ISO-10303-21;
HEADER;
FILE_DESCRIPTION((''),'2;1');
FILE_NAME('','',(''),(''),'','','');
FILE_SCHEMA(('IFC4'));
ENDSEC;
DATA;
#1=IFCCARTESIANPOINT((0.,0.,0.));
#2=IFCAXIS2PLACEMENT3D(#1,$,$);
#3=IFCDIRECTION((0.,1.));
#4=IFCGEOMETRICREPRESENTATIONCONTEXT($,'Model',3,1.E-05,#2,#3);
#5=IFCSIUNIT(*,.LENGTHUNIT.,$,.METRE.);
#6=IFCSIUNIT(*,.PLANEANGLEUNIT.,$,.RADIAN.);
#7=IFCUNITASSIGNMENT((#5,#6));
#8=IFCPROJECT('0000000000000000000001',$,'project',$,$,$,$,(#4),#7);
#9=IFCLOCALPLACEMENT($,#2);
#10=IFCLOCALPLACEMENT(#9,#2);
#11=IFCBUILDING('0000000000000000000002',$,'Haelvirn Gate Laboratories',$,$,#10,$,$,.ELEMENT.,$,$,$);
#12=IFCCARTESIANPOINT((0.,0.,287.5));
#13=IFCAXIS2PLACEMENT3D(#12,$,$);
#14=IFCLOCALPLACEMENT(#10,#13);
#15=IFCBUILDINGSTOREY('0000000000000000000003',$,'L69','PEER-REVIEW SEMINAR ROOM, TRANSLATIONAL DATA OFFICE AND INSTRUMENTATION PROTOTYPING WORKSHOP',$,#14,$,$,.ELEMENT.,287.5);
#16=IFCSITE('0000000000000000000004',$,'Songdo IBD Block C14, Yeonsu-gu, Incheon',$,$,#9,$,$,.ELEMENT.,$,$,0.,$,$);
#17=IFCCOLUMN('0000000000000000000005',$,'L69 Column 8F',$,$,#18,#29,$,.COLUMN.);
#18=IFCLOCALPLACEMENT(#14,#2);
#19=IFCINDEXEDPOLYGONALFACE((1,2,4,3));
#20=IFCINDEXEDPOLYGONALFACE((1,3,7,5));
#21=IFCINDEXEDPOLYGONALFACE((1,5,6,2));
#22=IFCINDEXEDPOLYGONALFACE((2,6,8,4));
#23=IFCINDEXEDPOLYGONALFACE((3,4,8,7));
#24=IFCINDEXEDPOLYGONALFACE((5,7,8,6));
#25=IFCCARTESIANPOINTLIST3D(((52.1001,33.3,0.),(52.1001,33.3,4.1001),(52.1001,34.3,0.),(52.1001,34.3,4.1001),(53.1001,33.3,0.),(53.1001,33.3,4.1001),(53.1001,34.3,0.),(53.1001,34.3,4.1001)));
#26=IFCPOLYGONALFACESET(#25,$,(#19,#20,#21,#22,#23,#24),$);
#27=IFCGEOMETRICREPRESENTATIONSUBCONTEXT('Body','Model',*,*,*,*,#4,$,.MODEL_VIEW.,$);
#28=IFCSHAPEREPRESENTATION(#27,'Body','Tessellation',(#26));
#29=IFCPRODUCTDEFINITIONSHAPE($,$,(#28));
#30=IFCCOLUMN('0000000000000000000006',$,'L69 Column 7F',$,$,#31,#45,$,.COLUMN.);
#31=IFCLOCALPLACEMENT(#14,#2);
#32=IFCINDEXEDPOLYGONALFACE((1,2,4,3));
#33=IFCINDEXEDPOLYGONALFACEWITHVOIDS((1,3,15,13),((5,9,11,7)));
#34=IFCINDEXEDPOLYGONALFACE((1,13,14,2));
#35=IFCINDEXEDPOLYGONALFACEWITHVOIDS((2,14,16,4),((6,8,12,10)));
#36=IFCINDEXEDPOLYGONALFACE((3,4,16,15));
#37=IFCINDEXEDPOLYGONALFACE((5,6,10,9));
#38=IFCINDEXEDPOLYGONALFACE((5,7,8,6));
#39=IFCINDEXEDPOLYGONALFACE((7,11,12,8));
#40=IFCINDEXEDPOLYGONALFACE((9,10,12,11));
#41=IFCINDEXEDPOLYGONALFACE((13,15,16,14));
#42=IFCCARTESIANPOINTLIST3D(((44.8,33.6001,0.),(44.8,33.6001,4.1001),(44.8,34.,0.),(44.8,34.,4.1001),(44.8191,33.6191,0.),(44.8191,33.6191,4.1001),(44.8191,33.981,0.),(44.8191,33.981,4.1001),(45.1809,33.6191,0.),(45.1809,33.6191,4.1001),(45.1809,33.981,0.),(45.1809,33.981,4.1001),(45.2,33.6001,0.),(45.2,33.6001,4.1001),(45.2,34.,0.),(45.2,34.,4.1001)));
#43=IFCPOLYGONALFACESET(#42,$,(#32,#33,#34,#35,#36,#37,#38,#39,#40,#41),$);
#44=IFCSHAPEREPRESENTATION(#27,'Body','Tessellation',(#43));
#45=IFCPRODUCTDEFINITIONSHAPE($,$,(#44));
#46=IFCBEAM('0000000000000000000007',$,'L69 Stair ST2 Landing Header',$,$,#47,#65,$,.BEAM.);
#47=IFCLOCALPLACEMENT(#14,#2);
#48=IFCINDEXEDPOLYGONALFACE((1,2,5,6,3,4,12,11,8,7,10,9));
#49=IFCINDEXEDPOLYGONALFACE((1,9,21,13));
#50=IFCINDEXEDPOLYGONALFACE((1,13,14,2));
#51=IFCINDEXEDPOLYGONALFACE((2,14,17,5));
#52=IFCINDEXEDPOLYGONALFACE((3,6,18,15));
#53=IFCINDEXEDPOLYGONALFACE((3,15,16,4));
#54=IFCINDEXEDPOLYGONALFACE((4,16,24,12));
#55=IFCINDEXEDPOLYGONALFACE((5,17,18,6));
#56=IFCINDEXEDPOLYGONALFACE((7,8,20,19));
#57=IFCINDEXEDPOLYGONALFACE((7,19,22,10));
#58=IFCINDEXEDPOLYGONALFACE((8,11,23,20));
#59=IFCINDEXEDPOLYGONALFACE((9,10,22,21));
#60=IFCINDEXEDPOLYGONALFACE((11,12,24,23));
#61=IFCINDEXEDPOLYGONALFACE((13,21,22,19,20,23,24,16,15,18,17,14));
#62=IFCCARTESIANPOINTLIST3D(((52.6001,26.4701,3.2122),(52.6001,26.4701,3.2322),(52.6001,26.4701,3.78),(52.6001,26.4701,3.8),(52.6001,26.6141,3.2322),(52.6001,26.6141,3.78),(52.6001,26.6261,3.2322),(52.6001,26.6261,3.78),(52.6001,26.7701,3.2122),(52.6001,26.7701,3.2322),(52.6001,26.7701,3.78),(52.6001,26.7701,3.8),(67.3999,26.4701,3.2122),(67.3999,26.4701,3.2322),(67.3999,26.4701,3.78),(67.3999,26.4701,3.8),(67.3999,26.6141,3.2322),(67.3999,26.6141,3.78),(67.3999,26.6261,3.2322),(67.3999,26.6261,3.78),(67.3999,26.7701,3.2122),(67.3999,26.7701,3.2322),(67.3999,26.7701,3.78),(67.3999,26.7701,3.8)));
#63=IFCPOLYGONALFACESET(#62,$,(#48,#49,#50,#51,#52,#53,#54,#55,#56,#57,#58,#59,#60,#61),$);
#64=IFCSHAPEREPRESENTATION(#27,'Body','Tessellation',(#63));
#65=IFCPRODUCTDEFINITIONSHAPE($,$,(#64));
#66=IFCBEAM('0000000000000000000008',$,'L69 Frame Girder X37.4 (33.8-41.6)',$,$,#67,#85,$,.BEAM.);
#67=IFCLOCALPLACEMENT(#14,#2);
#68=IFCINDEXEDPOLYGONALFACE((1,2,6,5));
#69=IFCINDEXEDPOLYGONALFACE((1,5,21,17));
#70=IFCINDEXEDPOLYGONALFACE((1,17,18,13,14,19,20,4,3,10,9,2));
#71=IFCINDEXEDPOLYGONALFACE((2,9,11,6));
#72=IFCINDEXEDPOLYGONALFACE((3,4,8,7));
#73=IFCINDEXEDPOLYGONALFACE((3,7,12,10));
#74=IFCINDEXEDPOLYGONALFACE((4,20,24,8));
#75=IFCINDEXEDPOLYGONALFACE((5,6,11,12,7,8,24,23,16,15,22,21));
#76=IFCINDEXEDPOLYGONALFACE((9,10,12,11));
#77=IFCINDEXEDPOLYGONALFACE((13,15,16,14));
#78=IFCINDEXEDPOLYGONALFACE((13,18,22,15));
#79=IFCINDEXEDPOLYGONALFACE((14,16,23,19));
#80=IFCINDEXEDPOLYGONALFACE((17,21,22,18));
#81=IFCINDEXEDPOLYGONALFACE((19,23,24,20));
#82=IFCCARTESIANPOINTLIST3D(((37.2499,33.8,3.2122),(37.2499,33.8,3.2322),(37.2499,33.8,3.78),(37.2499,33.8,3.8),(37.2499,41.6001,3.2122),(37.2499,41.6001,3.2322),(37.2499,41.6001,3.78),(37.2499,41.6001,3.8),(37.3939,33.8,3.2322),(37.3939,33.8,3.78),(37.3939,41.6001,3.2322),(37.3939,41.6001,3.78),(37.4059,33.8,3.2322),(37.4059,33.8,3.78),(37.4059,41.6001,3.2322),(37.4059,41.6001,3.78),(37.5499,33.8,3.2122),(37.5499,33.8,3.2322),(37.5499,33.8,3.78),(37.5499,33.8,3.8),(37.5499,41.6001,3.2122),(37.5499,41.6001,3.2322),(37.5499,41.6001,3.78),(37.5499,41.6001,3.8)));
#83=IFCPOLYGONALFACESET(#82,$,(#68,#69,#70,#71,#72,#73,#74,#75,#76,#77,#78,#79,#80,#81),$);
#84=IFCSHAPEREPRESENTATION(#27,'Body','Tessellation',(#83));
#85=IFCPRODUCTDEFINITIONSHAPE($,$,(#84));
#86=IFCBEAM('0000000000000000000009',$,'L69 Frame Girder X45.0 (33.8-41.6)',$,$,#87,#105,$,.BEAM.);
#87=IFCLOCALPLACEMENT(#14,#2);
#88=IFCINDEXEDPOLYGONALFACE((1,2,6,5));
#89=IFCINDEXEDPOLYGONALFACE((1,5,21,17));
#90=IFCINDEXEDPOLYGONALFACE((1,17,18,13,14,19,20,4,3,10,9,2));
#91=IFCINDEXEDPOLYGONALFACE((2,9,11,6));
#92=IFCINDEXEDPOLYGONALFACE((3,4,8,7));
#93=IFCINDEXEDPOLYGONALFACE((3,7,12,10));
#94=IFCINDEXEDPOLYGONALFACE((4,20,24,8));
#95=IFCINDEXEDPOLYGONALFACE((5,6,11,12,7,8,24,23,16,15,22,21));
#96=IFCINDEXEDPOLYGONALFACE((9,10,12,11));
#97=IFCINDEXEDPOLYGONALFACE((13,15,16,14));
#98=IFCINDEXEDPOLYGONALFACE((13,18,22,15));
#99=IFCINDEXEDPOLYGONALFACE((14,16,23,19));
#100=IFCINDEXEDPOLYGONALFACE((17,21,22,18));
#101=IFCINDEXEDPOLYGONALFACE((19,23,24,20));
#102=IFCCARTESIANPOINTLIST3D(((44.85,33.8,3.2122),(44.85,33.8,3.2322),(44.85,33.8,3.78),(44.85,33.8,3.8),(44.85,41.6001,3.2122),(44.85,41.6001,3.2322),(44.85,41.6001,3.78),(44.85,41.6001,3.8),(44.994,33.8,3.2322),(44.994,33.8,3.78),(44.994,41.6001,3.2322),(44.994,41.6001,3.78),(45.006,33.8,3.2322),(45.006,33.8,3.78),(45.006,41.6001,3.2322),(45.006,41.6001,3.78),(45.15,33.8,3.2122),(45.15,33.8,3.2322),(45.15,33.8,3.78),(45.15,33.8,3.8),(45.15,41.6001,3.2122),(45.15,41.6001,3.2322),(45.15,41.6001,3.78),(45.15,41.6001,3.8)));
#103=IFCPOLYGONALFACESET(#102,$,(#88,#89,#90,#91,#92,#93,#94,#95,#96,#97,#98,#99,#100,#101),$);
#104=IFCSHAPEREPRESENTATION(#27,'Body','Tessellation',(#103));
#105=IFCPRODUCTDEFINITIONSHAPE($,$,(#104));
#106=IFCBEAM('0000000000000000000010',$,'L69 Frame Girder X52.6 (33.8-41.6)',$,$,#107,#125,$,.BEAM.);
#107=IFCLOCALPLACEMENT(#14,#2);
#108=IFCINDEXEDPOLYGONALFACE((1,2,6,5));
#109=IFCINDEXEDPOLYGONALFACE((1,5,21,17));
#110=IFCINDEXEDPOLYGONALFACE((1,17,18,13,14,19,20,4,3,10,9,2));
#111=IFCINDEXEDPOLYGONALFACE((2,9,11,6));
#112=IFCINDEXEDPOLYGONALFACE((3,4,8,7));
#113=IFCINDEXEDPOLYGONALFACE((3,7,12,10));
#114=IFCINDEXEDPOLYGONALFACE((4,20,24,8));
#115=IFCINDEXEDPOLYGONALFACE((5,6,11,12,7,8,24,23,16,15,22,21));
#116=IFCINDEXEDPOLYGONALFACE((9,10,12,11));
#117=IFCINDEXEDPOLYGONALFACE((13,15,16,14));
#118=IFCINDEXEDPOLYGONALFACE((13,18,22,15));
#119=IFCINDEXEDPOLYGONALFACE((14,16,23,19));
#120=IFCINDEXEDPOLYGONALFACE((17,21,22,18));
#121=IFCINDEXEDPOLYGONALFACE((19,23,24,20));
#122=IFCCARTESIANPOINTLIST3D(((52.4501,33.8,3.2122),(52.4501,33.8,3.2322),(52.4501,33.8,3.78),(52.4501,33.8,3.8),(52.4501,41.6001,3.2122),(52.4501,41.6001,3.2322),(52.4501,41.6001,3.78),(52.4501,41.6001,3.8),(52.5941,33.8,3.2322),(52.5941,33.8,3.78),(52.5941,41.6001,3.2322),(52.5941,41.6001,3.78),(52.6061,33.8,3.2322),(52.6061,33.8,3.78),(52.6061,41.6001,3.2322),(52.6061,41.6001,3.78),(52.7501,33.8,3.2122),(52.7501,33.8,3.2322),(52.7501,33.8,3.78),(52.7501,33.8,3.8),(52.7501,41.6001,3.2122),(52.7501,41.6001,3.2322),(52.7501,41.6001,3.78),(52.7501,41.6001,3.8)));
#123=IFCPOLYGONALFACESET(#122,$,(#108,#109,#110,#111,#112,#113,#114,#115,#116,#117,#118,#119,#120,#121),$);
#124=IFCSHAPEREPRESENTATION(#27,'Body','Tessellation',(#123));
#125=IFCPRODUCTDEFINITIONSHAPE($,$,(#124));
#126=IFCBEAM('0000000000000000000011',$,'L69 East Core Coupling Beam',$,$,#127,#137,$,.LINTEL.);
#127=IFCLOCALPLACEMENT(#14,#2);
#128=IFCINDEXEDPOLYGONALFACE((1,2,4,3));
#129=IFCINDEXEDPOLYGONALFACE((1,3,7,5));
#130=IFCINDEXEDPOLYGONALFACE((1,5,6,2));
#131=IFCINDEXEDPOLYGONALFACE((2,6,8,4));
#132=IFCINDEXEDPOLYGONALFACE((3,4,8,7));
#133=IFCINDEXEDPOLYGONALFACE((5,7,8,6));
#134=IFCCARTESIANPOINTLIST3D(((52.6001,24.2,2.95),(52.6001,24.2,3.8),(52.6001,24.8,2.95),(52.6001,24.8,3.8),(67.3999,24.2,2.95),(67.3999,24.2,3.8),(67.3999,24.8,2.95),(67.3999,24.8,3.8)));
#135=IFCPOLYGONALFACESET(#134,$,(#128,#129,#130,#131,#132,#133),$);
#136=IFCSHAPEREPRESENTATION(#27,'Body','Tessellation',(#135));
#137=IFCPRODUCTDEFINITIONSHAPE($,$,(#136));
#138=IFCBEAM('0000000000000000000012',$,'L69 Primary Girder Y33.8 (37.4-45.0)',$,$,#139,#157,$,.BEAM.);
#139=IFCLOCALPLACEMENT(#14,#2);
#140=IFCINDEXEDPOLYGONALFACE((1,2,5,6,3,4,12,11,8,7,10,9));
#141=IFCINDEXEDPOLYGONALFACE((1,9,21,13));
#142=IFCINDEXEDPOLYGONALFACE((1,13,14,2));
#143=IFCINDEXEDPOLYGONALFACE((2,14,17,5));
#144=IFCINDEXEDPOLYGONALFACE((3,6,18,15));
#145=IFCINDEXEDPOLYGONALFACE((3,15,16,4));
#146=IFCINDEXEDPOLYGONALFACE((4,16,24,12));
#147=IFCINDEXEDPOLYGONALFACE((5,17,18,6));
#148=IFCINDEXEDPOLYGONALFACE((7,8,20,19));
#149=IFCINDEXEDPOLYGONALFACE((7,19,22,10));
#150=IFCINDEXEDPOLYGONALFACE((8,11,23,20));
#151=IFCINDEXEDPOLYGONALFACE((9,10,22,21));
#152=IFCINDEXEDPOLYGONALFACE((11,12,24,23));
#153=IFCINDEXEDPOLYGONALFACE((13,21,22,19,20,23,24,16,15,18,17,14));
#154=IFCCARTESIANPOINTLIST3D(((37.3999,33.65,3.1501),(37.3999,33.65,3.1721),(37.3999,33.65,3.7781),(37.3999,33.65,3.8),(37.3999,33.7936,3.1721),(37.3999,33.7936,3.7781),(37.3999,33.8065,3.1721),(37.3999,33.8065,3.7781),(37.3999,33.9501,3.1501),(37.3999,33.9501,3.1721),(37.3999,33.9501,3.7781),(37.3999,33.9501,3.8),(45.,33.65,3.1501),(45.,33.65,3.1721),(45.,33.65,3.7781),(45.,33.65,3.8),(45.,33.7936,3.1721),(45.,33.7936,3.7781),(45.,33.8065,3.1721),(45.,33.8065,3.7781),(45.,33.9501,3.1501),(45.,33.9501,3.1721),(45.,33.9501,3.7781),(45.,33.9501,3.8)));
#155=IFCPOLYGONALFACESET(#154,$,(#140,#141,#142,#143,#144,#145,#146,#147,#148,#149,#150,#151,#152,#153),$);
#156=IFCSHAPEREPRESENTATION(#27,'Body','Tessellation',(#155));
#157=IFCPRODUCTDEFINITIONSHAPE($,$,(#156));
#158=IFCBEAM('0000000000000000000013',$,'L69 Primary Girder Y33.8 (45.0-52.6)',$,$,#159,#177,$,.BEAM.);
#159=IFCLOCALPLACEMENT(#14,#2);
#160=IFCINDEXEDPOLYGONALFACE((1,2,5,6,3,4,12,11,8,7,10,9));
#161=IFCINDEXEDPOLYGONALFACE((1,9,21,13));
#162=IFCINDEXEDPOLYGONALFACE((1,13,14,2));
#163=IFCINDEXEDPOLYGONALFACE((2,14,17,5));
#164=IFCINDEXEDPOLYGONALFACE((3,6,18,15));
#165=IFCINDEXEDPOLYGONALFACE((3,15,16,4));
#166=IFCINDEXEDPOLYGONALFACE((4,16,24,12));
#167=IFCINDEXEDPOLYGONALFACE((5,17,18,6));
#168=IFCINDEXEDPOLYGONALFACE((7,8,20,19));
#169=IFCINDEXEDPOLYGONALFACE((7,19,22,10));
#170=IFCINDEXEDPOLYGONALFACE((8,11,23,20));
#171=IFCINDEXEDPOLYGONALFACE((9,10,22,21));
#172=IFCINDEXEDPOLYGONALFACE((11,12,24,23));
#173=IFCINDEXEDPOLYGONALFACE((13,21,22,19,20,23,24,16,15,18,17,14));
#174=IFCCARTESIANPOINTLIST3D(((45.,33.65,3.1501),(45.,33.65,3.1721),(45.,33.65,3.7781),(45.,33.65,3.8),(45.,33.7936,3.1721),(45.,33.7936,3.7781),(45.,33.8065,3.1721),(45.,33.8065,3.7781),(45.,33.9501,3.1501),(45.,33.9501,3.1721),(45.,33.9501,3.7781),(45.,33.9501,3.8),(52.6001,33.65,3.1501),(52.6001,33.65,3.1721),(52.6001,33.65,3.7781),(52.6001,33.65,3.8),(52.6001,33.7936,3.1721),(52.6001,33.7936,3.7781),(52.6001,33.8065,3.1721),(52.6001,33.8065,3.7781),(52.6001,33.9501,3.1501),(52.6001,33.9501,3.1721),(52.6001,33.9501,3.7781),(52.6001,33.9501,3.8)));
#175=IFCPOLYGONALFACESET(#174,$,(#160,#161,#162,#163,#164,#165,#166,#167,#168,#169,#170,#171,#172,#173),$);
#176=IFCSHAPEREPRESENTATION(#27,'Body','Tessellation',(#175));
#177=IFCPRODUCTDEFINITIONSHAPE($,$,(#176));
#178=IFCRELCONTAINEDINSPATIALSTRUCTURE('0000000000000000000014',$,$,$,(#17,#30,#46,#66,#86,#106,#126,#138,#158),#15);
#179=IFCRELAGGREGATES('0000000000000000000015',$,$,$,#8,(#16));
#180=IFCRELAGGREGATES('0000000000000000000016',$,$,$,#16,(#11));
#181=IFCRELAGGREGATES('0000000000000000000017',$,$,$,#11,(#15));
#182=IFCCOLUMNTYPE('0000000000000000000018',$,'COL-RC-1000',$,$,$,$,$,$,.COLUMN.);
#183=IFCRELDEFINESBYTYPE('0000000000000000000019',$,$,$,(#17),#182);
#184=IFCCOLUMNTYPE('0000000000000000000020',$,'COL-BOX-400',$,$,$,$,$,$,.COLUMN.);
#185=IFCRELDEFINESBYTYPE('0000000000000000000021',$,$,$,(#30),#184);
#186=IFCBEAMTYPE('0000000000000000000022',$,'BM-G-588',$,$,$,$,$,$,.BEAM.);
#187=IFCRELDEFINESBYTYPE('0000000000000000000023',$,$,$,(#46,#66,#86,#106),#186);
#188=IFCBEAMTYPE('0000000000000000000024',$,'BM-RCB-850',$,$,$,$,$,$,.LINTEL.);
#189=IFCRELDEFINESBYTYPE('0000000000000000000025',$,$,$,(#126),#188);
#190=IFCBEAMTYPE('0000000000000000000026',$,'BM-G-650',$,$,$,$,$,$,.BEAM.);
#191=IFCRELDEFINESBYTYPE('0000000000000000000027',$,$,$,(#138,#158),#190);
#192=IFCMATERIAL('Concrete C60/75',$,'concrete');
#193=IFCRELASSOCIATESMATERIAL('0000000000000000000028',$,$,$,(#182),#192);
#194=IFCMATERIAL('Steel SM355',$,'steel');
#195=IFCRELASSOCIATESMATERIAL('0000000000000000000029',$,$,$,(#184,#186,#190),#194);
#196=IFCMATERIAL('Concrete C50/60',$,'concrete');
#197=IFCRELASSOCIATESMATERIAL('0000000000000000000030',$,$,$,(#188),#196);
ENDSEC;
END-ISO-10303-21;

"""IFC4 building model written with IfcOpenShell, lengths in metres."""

from ifc_helpers import new_model, si_unit, direction, frame, origin, origin_2d, place, context, subcontext, project, spatial, rectangle, hollow_rectangle, i_section, extrude, source, transform, mapped, material, material_profile, profile_set, type_object, type_shapes, element, save


model = new_model("IFC4")

# Units and contexts
model_context = context("Model", 3, precision=1e-05, world=origin(), true_north=direction((0.0, 1.0)))
body_context = subcontext(model_context, "Body", "Model", "MODEL_VIEW")
ifc_project = project(units=[si_unit("LENGTHUNIT", "METRE"), si_unit("PLANEANGLEUNIT", "RADIAN")], contexts=[model_context])

# Site, building, storey
site_placement = place(None, origin())
site = spatial("IfcSite", under=ifc_project, at=site_placement, Name="Songdo IBD Block C14, Yeonsu-gu, Incheon", CompositionType="ELEMENT", RefElevation=0.0)
building_placement = place(site_placement, origin())
building = spatial("IfcBuilding", under=site, at=building_placement, Name="Haelvirn Gate Laboratories", CompositionType="ELEMENT")
storey_placement = place(building_placement, frame((0.0, 0.0, 287.5)))
storey = spatial("IfcBuildingStorey", under=building, at=storey_placement, Name="L69", Description="PEER-REVIEW SEMINAR ROOM, TRANSLATIONAL DATA OFFICE AND INSTRUMENTATION PROTOTYPING WORKSHOP", CompositionType="ELEMENT", Elevation=287.5)

# Columns
ifc_material_1 = material(Name="Concrete C60/75", Category="concrete")
ifc_material_profile_1 = material_profile(ifc_material_1, rectangle(XDim=1.0, YDim=1.0, at=origin_2d()), Name="RC-1000x1000")
ifc_profile_set_1 = profile_set([ifc_material_profile_1], Name="Concrete C60/75")
column_type_1 = type_object("IfcColumnType", Name="COL-RC-1000", PredefinedType="COLUMN", material=ifc_profile_set_1)
shared_shape_1 = source(origin(), body_context, "Body", "SweptSolid", [
    extrude(rectangle(XDim=1.0, YDim=1.0, at=origin_2d()), origin(), (0.0, 0.0, 1.0), 4.1001),
])
type_shapes(column_type_1, [shared_shape_1])
column_1_placement = place(storey_placement, frame((52.6001, 33.8, 0.0), z_axis=(0.0, 0.0, 1.0), x_axis=(1.0, 0.0, 0.0)))
element("IfcColumn", 1, at=column_1_placement, inside=storey, type_object=column_type_1, Name="L69 Column 8F", PredefinedType="COLUMN", context=body_context, shape_type="MappedRepresentation", body=[
    mapped(shared_shape_1, transform((0.0, 0.0, 0.0), scale=1.0)),
])
ifc_material_2 = material(Name="Steel SM355", Category="steel")
ifc_material_profile_2 = material_profile(ifc_material_2, hollow_rectangle(XDim=0.3999, YDim=0.3999, WallThickness=0.019, at=origin_2d()), Name="BOX-400x400x19")
ifc_profile_set_2 = profile_set([ifc_material_profile_2], Name="Steel SM355")
column_type_2 = type_object("IfcColumnType", Name="COL-BOX-400", PredefinedType="COLUMN", material=ifc_profile_set_2)
shared_shape_2 = source(origin(), body_context, "Body", "SweptSolid", [
    extrude(hollow_rectangle(XDim=0.3999, YDim=0.3999, WallThickness=0.019, at=origin_2d()), origin(), (0.0, 0.0, 1.0), 4.1001),
])
type_shapes(column_type_2, [shared_shape_2])
column_2_placement = place(storey_placement, frame((45.0, 33.8, 0.0), z_axis=(0.0, 0.0, 1.0), x_axis=(1.0, 0.0, 0.0)))
element("IfcColumn", 2, at=column_2_placement, inside=storey, type_object=column_type_2, Name="L69 Column 7F", PredefinedType="COLUMN", context=body_context, shape_type="MappedRepresentation", body=[
    mapped(shared_shape_2, transform((0.0, 0.0, 0.0), scale=1.0)),
])

# Beams
ifc_material_profile_3 = material_profile(ifc_material_2, i_section(OverallWidth=0.3, OverallDepth=0.5879, WebThickness=0.012, FlangeThickness=0.02, at=origin_2d()), Name="H-588x300x12x20")
ifc_profile_set_3 = profile_set([ifc_material_profile_3], Name="Steel SM355")
beam_type_1 = type_object("IfcBeamType", Name="BM-G-588", PredefinedType="BEAM", material=ifc_profile_set_3)
shared_shape_3 = source(origin(), body_context, "Body", "SweptSolid", [
    extrude(i_section(OverallWidth=0.3, OverallDepth=0.5879, WebThickness=0.012, FlangeThickness=0.02, at=origin_2d()), origin(), (0.0, 0.0, 1.0), 14.7998),
])
beam_1_placement = place(storey_placement, frame((52.6001, 26.6201, 3.5061), z_axis=(1.0, 0.0, 0.0), x_axis=(0.0, 1.0, 0.0)))
element("IfcBeam", 3, at=beam_1_placement, inside=storey, type_object=beam_type_1, Name="L69 Stair ST2 Landing Header", PredefinedType="BEAM", context=body_context, shape_type="MappedRepresentation", body=[
    mapped(shared_shape_3, transform((0.0, 0.0, 0.0), scale=1.0)),
])
shared_shape_4 = source(origin(), body_context, "Body", "SweptSolid", [
    extrude(i_section(OverallWidth=0.3, OverallDepth=0.5879, WebThickness=0.012, FlangeThickness=0.02, at=origin_2d()), origin(), (0.0, 0.0, 1.0), 7.8),
])
type_shapes(beam_type_1, [shared_shape_3, shared_shape_4])
for number, where, z_axis, x_axis, name in (
    (4, (37.3999, 33.8, 3.5061), (0.0, 1.0, 0.0), (-1.0, 0.0, 0.0), "L69 Frame Girder X37.4 (33.8-41.6)"),
    (5, (45.0, 33.8, 3.5061), (0.0, 1.0, 0.0), (-1.0, 0.0, 0.0), "L69 Frame Girder X45.0 (33.8-41.6)"),
    (6, (52.6001, 33.8, 3.5061), (0.0, 1.0, 0.0), (-1.0, 0.0, 0.0), "L69 Frame Girder X52.6 (33.8-41.6)"),
):
    element("IfcBeam", number, at=place(storey_placement, frame(where, z_axis=z_axis, x_axis=x_axis)), inside=storey, type_object=beam_type_1, Name=name, PredefinedType="BEAM", context=body_context, shape_type="MappedRepresentation", body=[
        mapped(shared_shape_4, transform((0.0, 0.0, 0.0), scale=1.0)),
    ])
ifc_material_3 = material(Name="Concrete C50/60", Category="concrete")
ifc_material_profile_4 = material_profile(ifc_material_3, rectangle(XDim=0.6001, YDim=0.8501, at=origin_2d()), Name="RCB-600x850")
ifc_profile_set_4 = profile_set([ifc_material_profile_4], Name="Concrete C50/60")
beam_type_2 = type_object("IfcBeamType", Name="BM-RCB-850", PredefinedType="LINTEL", material=ifc_profile_set_4)
shared_shape_5 = source(origin(), body_context, "Body", "SweptSolid", [
    extrude(rectangle(XDim=0.6001, YDim=0.8501, at=origin_2d()), origin(), (0.0, 0.0, 1.0), 14.7998),
])
type_shapes(beam_type_2, [shared_shape_5])
beam_2_placement = place(storey_placement, frame((52.6001, 24.5, 3.375), z_axis=(1.0, 0.0, 0.0), x_axis=(0.0, 1.0, 0.0)))
element("IfcBeam", 7, at=beam_2_placement, inside=storey, type_object=beam_type_2, Name="L69 East Core Coupling Beam", PredefinedType="LINTEL", context=body_context, shape_type="MappedRepresentation", body=[
    mapped(shared_shape_5, transform((0.0, 0.0, 0.0), scale=1.0)),
])
ifc_material_profile_5 = material_profile(ifc_material_2, i_section(OverallWidth=0.3, OverallDepth=0.6499, WebThickness=0.0129, FlangeThickness=0.022, at=origin_2d()), Name="H-650x300x13x22")
ifc_profile_set_5 = profile_set([ifc_material_profile_5], Name="Steel SM355")
beam_type_3 = type_object("IfcBeamType", Name="BM-G-650", PredefinedType="BEAM", material=ifc_profile_set_5)
shared_shape_6 = source(origin(), body_context, "Body", "SweptSolid", [
    extrude(i_section(OverallWidth=0.3, OverallDepth=0.6499, WebThickness=0.0129, FlangeThickness=0.022, at=origin_2d()), origin(), (0.0, 0.0, 1.0), 7.6001),
])
type_shapes(beam_type_3, [shared_shape_6])
for number, where, z_axis, x_axis, name in (
    (8, (37.3999, 33.8, 3.4751), (1.0, 0.0, 0.0), (0.0, 1.0, 0.0), "L69 Primary Girder Y33.8 (37.4-45.0)"),
    (9, (45.0, 33.8, 3.4751), (1.0, 0.0, 0.0), (0.0, 1.0, 0.0), "L69 Primary Girder Y33.8 (45.0-52.6)"),
):
    element("IfcBeam", number, at=place(storey_placement, frame(where, z_axis=z_axis, x_axis=x_axis)), inside=storey, type_object=beam_type_3, Name=name, PredefinedType="BEAM", context=body_context, shape_type="MappedRepresentation", body=[
        mapped(shared_shape_6, transform((0.0, 0.0, 0.0), scale=1.0)),
    ])

save(model, "model.ifc")
